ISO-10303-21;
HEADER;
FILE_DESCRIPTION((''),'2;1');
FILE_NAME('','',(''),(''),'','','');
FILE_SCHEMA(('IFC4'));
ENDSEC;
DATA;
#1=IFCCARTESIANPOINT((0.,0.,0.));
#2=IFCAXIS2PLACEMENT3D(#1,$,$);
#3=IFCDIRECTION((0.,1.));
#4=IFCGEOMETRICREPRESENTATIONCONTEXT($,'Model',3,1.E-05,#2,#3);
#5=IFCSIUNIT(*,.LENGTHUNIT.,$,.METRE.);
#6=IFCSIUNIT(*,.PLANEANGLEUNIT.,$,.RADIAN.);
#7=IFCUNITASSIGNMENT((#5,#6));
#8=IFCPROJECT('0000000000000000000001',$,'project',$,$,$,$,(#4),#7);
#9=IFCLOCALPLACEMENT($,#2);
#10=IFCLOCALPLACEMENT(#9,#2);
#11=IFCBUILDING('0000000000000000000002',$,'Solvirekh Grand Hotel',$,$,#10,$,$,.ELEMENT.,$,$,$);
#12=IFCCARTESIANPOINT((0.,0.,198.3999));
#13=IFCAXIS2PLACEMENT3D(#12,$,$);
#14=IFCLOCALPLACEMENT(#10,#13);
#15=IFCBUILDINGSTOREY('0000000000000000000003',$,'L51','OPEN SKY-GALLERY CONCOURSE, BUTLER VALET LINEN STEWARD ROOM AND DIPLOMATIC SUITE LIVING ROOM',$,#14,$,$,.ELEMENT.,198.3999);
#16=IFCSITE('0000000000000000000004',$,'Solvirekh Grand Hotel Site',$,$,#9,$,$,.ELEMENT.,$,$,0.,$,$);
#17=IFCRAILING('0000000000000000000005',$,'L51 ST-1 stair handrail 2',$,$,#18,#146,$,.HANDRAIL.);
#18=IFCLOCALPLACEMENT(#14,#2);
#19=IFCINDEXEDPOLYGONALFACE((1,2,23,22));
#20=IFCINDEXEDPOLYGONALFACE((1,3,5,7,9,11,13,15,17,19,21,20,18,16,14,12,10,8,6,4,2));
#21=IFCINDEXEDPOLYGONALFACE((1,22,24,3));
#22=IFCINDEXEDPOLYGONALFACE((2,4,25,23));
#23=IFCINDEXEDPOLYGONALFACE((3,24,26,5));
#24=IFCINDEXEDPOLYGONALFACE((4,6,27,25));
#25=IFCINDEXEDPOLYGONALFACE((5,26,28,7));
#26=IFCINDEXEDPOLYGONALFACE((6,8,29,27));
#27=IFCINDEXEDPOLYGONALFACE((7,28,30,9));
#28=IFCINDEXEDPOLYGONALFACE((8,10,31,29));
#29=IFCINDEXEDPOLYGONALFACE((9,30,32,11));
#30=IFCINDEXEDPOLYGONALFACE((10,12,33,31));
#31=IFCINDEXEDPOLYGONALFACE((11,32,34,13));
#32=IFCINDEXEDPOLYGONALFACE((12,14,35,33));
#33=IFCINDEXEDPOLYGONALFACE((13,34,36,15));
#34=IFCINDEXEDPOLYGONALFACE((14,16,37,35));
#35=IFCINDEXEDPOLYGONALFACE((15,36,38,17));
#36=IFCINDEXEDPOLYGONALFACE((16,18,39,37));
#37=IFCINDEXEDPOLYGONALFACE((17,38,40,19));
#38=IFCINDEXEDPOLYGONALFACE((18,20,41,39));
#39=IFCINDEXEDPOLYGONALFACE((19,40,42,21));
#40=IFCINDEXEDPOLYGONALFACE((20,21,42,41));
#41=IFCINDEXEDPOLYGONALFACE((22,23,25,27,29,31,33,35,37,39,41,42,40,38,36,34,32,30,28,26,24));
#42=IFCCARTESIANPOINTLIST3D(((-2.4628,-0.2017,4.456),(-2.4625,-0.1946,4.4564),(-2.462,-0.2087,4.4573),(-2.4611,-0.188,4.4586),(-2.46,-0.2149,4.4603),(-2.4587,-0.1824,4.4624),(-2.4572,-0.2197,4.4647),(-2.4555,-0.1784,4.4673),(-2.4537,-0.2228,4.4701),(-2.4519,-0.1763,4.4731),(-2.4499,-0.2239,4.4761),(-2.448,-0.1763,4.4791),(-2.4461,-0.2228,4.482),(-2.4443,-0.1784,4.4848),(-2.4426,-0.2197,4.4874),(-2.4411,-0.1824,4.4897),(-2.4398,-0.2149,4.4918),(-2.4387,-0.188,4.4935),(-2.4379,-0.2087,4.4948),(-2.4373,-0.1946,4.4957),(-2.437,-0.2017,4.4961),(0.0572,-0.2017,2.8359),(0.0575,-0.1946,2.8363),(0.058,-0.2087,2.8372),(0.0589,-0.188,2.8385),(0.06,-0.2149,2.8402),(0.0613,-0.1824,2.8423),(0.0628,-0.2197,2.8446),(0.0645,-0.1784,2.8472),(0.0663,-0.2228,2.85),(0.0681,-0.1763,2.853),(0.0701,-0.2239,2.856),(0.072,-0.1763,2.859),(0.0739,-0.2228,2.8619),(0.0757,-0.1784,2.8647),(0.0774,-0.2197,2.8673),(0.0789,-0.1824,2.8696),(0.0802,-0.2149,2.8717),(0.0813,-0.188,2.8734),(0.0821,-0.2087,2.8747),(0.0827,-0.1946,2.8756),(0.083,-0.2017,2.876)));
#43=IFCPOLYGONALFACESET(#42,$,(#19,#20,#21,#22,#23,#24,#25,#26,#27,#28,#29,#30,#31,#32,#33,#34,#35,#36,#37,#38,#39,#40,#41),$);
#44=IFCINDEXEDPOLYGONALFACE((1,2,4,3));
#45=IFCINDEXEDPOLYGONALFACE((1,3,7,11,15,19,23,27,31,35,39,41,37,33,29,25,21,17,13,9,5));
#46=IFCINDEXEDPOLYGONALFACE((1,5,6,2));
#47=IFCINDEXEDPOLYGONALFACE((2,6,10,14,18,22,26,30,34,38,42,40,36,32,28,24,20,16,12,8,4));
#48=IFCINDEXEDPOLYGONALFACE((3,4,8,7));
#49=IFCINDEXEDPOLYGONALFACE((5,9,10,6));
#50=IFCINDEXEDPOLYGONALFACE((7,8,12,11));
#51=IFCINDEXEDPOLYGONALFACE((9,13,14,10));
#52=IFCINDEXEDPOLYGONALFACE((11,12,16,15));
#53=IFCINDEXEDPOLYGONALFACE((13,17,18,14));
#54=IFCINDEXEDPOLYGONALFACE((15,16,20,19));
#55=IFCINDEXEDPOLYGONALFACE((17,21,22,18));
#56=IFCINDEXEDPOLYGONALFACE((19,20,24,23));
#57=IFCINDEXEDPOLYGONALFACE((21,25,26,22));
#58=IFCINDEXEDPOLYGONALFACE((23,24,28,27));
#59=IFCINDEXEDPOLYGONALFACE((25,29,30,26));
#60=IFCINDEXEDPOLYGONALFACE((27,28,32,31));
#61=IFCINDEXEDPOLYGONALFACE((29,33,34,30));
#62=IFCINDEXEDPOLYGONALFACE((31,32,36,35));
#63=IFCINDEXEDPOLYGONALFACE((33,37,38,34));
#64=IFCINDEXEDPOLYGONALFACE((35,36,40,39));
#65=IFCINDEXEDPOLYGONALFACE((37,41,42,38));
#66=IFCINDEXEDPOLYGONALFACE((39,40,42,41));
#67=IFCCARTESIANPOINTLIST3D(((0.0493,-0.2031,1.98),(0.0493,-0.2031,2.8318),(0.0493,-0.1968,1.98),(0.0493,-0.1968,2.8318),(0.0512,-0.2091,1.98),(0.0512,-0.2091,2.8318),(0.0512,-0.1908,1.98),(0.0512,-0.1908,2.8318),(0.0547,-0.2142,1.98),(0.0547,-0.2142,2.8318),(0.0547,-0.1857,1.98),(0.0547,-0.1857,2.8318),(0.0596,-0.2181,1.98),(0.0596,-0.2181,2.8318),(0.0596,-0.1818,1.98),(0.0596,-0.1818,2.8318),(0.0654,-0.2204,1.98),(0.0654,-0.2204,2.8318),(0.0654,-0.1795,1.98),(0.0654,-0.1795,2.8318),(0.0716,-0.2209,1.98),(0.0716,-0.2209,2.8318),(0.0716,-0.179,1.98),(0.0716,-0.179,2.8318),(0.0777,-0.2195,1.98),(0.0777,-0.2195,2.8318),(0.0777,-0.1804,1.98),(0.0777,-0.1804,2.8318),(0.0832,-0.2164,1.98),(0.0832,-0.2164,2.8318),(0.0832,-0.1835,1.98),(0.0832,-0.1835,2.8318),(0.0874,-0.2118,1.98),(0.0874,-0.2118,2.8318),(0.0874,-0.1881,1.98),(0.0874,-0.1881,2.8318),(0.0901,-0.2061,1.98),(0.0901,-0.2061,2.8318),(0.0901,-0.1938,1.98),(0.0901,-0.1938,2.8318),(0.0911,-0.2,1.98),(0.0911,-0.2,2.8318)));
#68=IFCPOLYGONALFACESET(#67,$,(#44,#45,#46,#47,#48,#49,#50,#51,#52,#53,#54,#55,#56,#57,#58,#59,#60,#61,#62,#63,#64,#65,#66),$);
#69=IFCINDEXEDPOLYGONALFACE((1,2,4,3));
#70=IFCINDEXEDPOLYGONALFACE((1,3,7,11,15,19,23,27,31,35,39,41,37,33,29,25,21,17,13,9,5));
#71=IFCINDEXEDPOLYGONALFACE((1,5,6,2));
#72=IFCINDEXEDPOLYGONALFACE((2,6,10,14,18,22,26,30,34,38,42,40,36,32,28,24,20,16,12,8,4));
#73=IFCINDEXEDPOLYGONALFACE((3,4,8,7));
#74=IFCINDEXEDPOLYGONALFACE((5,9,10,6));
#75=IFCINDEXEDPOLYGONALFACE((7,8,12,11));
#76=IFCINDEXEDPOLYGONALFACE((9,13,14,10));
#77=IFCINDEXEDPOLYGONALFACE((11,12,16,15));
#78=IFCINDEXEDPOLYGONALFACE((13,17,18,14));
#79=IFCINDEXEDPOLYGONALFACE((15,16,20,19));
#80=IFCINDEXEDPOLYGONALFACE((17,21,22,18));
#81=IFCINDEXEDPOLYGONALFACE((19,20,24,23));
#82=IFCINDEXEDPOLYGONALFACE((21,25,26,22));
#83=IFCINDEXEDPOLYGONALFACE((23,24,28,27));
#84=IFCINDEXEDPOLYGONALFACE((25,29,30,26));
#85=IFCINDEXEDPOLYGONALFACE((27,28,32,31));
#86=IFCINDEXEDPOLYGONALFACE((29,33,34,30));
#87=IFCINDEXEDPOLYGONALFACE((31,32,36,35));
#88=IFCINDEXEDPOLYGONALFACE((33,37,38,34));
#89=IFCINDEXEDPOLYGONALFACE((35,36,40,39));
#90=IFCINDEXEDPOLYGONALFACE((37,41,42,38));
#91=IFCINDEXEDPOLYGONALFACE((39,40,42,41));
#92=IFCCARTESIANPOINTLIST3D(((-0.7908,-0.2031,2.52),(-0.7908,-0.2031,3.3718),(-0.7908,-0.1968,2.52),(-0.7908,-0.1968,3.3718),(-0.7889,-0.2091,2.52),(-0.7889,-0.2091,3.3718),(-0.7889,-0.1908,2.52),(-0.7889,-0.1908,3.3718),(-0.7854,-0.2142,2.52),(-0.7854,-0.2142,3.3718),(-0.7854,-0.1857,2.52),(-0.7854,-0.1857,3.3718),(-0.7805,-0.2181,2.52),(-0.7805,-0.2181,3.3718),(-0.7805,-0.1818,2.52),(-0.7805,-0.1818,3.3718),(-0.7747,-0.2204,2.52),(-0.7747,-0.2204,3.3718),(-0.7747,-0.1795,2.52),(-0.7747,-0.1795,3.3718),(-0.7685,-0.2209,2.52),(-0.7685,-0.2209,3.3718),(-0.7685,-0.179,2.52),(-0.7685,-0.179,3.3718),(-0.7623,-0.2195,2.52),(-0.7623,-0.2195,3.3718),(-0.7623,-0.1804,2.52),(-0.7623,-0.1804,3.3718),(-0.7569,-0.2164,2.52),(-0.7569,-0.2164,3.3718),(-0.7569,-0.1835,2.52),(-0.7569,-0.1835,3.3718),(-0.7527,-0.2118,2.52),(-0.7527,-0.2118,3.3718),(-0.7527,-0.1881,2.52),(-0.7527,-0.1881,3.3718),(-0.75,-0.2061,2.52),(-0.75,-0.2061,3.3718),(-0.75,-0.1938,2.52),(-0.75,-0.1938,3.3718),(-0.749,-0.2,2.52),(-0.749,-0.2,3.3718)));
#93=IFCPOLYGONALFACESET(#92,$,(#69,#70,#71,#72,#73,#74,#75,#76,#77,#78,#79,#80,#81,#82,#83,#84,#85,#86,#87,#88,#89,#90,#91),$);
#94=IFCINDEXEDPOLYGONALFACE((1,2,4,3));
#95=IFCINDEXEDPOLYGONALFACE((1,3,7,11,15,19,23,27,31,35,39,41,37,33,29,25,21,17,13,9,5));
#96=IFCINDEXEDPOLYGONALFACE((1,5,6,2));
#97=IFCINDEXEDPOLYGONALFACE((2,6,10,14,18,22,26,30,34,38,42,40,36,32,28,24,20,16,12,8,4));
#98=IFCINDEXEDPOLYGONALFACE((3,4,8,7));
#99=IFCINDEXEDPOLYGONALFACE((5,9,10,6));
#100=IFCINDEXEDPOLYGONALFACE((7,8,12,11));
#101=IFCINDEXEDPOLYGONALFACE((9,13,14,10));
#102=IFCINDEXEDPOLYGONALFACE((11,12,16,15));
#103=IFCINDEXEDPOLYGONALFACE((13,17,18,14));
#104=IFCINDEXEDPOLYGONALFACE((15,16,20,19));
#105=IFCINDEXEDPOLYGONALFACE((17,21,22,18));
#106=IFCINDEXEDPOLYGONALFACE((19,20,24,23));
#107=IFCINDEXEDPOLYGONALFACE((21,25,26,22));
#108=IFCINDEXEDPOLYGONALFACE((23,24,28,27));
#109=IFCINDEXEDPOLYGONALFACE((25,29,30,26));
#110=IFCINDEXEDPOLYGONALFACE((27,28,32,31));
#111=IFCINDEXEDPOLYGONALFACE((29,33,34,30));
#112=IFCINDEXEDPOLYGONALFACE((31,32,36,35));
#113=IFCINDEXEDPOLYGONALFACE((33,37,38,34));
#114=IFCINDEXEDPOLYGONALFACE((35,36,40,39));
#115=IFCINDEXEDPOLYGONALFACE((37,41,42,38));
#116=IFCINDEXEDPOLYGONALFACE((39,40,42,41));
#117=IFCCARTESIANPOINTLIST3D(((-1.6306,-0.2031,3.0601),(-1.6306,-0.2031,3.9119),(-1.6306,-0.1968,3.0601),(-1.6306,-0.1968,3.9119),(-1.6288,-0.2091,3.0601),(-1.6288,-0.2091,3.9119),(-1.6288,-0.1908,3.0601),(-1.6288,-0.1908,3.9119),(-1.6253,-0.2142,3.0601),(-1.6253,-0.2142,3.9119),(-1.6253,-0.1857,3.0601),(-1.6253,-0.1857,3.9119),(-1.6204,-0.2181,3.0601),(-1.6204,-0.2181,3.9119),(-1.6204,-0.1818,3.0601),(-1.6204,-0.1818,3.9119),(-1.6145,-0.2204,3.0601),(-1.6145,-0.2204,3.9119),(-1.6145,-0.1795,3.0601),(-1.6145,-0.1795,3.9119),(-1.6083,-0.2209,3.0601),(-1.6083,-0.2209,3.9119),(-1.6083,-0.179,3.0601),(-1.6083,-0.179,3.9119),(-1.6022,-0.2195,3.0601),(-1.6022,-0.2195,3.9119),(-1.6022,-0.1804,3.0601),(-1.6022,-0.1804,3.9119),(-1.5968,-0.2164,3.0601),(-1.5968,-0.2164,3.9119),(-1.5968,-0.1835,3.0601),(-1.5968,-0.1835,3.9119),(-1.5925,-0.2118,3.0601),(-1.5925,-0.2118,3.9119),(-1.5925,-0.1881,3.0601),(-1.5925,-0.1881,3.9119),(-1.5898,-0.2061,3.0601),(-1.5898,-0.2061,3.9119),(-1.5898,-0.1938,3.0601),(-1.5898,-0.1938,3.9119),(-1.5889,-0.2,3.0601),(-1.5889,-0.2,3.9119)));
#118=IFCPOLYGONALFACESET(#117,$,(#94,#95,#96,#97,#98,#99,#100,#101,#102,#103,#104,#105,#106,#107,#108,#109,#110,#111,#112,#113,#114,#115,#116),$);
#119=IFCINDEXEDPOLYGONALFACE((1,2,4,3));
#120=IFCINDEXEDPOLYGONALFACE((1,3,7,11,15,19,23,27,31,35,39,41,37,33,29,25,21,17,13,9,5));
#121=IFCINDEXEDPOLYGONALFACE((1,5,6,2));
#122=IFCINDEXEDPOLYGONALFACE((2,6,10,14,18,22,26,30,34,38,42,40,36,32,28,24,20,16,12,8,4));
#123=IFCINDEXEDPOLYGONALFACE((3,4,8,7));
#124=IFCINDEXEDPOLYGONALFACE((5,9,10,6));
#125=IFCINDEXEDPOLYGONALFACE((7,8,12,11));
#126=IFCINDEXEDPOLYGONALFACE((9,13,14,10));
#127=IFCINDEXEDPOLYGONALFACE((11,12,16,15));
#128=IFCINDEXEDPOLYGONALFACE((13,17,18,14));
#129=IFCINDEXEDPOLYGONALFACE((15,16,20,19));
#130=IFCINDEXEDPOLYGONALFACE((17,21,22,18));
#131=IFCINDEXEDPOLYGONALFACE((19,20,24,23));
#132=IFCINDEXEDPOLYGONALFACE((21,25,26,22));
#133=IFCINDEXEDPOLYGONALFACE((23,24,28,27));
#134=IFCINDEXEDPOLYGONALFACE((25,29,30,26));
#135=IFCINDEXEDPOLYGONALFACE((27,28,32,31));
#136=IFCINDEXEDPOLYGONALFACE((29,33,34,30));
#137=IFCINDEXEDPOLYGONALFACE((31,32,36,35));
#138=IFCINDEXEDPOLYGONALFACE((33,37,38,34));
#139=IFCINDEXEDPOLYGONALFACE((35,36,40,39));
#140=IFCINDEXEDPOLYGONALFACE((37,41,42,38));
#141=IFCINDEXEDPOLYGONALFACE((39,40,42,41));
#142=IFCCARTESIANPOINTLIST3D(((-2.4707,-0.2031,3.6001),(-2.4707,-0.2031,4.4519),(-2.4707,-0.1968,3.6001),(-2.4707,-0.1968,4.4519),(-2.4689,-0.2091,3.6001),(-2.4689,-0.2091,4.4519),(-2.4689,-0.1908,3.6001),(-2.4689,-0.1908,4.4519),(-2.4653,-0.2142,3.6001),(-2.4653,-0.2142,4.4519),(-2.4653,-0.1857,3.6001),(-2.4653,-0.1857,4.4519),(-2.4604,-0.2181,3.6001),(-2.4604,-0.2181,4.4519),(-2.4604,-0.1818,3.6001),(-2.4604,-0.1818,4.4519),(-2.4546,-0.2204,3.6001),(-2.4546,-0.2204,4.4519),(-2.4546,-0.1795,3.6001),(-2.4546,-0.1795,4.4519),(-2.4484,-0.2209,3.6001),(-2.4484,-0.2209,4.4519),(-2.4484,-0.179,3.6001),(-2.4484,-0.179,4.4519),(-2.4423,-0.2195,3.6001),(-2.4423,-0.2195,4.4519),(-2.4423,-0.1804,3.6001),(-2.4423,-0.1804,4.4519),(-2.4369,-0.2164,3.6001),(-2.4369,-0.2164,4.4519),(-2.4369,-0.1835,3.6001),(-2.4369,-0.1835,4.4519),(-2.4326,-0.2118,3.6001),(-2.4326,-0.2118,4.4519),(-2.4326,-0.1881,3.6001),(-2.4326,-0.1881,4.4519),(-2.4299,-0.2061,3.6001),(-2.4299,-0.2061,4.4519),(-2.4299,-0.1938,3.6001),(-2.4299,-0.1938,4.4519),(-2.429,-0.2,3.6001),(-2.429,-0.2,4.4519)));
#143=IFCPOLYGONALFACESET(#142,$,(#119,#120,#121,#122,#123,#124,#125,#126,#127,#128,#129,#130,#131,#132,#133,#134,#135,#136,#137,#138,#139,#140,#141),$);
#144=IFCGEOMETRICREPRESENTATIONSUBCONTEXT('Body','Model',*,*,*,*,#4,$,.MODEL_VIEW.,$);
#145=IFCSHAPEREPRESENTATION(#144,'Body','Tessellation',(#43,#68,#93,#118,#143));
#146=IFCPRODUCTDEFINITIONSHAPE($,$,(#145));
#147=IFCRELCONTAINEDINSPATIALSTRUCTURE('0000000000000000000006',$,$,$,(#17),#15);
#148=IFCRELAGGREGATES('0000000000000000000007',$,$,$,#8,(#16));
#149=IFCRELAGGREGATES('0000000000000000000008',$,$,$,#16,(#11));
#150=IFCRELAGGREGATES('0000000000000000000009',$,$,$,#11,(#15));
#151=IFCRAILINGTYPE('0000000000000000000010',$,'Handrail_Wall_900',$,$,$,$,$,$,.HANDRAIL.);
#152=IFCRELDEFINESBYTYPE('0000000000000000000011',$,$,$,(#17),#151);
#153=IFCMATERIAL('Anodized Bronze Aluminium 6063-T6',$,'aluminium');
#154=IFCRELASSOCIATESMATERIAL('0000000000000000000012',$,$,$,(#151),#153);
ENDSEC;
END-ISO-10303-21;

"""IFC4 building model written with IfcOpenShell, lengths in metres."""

from ifc_helpers import new_model, si_unit, direction, frame, origin, origin_2d, place, context, subcontext, project, spatial, circle, extrude, material, type_object, element, save


model = new_model("IFC4")

# Units and contexts
model_context = context("Model", 3, precision=1e-05, world=origin(), true_north=direction((0.0, 1.0)))
body_context = subcontext(model_context, "Body", "Model", "MODEL_VIEW")
ifc_project = project(units=[si_unit("LENGTHUNIT", "METRE"), si_unit("PLANEANGLEUNIT", "RADIAN")], contexts=[model_context])

# Site, building, storey
site_placement = place(None, origin())
site = spatial("IfcSite", under=ifc_project, at=site_placement, Name="Solvirekh Grand Hotel Site", CompositionType="ELEMENT", RefElevation=0.0)
building_placement = place(site_placement, origin())
building = spatial("IfcBuilding", under=site, at=building_placement, Name="Solvirekh Grand Hotel", CompositionType="ELEMENT")
storey_placement = place(building_placement, frame((0.0, 0.0, 198.3999)))
storey = spatial("IfcBuildingStorey", under=building, at=storey_placement, Name="L51", Description="OPEN SKY-GALLERY CONCOURSE, BUTLER VALET LINEN STEWARD ROOM AND DIPLOMATIC SUITE LIVING ROOM", CompositionType="ELEMENT", Elevation=198.3999)

# Railing
ifc_material_1 = material(Name="Anodized Bronze Aluminium 6063-T6", Category="aluminium")
railing_type_1 = type_object("IfcRailingType", Name="Handrail_Wall_900", PredefinedType="HANDRAIL", material=ifc_material_1)
railing_1_placement = place(storey_placement, frame((0.0701, -0.2, 1.98)))
element("IfcRailing", 1, at=railing_1_placement, inside=storey, type_object=railing_type_1, Name="L51 ST-1 stair handrail 2", PredefinedType="HANDRAIL", context=body_context, shape_type="SweptSolid", body=[
    extrude(circle(Radius=0.0239, at=origin_2d()), frame((0.0, 0.0, 0.876), z_axis=(-0.841163, 0.0, 0.540782), x_axis=(0.0, -1.0, 0.0)), (0.0, 0.0, 1.0), 2.9958),
    extrude(circle(Radius=0.021, at=origin_2d()), origin(), (0.0, 0.0, 1.0), 0.8518),
    extrude(circle(Radius=0.021, at=origin_2d()), frame((-0.8401, 0.0, 0.54)), (0.0, 0.0, 1.0), 0.8518),
    extrude(circle(Radius=0.021, at=origin_2d()), frame((-1.6799, 0.0, 1.0801)), (0.0, 0.0, 1.0), 0.8518),
    extrude(circle(Radius=0.021, at=origin_2d()), frame((-2.52, 0.0, 1.6201)), (0.0, 0.0, 1.0), 0.8518),
])

save(model, "model.ifc")
